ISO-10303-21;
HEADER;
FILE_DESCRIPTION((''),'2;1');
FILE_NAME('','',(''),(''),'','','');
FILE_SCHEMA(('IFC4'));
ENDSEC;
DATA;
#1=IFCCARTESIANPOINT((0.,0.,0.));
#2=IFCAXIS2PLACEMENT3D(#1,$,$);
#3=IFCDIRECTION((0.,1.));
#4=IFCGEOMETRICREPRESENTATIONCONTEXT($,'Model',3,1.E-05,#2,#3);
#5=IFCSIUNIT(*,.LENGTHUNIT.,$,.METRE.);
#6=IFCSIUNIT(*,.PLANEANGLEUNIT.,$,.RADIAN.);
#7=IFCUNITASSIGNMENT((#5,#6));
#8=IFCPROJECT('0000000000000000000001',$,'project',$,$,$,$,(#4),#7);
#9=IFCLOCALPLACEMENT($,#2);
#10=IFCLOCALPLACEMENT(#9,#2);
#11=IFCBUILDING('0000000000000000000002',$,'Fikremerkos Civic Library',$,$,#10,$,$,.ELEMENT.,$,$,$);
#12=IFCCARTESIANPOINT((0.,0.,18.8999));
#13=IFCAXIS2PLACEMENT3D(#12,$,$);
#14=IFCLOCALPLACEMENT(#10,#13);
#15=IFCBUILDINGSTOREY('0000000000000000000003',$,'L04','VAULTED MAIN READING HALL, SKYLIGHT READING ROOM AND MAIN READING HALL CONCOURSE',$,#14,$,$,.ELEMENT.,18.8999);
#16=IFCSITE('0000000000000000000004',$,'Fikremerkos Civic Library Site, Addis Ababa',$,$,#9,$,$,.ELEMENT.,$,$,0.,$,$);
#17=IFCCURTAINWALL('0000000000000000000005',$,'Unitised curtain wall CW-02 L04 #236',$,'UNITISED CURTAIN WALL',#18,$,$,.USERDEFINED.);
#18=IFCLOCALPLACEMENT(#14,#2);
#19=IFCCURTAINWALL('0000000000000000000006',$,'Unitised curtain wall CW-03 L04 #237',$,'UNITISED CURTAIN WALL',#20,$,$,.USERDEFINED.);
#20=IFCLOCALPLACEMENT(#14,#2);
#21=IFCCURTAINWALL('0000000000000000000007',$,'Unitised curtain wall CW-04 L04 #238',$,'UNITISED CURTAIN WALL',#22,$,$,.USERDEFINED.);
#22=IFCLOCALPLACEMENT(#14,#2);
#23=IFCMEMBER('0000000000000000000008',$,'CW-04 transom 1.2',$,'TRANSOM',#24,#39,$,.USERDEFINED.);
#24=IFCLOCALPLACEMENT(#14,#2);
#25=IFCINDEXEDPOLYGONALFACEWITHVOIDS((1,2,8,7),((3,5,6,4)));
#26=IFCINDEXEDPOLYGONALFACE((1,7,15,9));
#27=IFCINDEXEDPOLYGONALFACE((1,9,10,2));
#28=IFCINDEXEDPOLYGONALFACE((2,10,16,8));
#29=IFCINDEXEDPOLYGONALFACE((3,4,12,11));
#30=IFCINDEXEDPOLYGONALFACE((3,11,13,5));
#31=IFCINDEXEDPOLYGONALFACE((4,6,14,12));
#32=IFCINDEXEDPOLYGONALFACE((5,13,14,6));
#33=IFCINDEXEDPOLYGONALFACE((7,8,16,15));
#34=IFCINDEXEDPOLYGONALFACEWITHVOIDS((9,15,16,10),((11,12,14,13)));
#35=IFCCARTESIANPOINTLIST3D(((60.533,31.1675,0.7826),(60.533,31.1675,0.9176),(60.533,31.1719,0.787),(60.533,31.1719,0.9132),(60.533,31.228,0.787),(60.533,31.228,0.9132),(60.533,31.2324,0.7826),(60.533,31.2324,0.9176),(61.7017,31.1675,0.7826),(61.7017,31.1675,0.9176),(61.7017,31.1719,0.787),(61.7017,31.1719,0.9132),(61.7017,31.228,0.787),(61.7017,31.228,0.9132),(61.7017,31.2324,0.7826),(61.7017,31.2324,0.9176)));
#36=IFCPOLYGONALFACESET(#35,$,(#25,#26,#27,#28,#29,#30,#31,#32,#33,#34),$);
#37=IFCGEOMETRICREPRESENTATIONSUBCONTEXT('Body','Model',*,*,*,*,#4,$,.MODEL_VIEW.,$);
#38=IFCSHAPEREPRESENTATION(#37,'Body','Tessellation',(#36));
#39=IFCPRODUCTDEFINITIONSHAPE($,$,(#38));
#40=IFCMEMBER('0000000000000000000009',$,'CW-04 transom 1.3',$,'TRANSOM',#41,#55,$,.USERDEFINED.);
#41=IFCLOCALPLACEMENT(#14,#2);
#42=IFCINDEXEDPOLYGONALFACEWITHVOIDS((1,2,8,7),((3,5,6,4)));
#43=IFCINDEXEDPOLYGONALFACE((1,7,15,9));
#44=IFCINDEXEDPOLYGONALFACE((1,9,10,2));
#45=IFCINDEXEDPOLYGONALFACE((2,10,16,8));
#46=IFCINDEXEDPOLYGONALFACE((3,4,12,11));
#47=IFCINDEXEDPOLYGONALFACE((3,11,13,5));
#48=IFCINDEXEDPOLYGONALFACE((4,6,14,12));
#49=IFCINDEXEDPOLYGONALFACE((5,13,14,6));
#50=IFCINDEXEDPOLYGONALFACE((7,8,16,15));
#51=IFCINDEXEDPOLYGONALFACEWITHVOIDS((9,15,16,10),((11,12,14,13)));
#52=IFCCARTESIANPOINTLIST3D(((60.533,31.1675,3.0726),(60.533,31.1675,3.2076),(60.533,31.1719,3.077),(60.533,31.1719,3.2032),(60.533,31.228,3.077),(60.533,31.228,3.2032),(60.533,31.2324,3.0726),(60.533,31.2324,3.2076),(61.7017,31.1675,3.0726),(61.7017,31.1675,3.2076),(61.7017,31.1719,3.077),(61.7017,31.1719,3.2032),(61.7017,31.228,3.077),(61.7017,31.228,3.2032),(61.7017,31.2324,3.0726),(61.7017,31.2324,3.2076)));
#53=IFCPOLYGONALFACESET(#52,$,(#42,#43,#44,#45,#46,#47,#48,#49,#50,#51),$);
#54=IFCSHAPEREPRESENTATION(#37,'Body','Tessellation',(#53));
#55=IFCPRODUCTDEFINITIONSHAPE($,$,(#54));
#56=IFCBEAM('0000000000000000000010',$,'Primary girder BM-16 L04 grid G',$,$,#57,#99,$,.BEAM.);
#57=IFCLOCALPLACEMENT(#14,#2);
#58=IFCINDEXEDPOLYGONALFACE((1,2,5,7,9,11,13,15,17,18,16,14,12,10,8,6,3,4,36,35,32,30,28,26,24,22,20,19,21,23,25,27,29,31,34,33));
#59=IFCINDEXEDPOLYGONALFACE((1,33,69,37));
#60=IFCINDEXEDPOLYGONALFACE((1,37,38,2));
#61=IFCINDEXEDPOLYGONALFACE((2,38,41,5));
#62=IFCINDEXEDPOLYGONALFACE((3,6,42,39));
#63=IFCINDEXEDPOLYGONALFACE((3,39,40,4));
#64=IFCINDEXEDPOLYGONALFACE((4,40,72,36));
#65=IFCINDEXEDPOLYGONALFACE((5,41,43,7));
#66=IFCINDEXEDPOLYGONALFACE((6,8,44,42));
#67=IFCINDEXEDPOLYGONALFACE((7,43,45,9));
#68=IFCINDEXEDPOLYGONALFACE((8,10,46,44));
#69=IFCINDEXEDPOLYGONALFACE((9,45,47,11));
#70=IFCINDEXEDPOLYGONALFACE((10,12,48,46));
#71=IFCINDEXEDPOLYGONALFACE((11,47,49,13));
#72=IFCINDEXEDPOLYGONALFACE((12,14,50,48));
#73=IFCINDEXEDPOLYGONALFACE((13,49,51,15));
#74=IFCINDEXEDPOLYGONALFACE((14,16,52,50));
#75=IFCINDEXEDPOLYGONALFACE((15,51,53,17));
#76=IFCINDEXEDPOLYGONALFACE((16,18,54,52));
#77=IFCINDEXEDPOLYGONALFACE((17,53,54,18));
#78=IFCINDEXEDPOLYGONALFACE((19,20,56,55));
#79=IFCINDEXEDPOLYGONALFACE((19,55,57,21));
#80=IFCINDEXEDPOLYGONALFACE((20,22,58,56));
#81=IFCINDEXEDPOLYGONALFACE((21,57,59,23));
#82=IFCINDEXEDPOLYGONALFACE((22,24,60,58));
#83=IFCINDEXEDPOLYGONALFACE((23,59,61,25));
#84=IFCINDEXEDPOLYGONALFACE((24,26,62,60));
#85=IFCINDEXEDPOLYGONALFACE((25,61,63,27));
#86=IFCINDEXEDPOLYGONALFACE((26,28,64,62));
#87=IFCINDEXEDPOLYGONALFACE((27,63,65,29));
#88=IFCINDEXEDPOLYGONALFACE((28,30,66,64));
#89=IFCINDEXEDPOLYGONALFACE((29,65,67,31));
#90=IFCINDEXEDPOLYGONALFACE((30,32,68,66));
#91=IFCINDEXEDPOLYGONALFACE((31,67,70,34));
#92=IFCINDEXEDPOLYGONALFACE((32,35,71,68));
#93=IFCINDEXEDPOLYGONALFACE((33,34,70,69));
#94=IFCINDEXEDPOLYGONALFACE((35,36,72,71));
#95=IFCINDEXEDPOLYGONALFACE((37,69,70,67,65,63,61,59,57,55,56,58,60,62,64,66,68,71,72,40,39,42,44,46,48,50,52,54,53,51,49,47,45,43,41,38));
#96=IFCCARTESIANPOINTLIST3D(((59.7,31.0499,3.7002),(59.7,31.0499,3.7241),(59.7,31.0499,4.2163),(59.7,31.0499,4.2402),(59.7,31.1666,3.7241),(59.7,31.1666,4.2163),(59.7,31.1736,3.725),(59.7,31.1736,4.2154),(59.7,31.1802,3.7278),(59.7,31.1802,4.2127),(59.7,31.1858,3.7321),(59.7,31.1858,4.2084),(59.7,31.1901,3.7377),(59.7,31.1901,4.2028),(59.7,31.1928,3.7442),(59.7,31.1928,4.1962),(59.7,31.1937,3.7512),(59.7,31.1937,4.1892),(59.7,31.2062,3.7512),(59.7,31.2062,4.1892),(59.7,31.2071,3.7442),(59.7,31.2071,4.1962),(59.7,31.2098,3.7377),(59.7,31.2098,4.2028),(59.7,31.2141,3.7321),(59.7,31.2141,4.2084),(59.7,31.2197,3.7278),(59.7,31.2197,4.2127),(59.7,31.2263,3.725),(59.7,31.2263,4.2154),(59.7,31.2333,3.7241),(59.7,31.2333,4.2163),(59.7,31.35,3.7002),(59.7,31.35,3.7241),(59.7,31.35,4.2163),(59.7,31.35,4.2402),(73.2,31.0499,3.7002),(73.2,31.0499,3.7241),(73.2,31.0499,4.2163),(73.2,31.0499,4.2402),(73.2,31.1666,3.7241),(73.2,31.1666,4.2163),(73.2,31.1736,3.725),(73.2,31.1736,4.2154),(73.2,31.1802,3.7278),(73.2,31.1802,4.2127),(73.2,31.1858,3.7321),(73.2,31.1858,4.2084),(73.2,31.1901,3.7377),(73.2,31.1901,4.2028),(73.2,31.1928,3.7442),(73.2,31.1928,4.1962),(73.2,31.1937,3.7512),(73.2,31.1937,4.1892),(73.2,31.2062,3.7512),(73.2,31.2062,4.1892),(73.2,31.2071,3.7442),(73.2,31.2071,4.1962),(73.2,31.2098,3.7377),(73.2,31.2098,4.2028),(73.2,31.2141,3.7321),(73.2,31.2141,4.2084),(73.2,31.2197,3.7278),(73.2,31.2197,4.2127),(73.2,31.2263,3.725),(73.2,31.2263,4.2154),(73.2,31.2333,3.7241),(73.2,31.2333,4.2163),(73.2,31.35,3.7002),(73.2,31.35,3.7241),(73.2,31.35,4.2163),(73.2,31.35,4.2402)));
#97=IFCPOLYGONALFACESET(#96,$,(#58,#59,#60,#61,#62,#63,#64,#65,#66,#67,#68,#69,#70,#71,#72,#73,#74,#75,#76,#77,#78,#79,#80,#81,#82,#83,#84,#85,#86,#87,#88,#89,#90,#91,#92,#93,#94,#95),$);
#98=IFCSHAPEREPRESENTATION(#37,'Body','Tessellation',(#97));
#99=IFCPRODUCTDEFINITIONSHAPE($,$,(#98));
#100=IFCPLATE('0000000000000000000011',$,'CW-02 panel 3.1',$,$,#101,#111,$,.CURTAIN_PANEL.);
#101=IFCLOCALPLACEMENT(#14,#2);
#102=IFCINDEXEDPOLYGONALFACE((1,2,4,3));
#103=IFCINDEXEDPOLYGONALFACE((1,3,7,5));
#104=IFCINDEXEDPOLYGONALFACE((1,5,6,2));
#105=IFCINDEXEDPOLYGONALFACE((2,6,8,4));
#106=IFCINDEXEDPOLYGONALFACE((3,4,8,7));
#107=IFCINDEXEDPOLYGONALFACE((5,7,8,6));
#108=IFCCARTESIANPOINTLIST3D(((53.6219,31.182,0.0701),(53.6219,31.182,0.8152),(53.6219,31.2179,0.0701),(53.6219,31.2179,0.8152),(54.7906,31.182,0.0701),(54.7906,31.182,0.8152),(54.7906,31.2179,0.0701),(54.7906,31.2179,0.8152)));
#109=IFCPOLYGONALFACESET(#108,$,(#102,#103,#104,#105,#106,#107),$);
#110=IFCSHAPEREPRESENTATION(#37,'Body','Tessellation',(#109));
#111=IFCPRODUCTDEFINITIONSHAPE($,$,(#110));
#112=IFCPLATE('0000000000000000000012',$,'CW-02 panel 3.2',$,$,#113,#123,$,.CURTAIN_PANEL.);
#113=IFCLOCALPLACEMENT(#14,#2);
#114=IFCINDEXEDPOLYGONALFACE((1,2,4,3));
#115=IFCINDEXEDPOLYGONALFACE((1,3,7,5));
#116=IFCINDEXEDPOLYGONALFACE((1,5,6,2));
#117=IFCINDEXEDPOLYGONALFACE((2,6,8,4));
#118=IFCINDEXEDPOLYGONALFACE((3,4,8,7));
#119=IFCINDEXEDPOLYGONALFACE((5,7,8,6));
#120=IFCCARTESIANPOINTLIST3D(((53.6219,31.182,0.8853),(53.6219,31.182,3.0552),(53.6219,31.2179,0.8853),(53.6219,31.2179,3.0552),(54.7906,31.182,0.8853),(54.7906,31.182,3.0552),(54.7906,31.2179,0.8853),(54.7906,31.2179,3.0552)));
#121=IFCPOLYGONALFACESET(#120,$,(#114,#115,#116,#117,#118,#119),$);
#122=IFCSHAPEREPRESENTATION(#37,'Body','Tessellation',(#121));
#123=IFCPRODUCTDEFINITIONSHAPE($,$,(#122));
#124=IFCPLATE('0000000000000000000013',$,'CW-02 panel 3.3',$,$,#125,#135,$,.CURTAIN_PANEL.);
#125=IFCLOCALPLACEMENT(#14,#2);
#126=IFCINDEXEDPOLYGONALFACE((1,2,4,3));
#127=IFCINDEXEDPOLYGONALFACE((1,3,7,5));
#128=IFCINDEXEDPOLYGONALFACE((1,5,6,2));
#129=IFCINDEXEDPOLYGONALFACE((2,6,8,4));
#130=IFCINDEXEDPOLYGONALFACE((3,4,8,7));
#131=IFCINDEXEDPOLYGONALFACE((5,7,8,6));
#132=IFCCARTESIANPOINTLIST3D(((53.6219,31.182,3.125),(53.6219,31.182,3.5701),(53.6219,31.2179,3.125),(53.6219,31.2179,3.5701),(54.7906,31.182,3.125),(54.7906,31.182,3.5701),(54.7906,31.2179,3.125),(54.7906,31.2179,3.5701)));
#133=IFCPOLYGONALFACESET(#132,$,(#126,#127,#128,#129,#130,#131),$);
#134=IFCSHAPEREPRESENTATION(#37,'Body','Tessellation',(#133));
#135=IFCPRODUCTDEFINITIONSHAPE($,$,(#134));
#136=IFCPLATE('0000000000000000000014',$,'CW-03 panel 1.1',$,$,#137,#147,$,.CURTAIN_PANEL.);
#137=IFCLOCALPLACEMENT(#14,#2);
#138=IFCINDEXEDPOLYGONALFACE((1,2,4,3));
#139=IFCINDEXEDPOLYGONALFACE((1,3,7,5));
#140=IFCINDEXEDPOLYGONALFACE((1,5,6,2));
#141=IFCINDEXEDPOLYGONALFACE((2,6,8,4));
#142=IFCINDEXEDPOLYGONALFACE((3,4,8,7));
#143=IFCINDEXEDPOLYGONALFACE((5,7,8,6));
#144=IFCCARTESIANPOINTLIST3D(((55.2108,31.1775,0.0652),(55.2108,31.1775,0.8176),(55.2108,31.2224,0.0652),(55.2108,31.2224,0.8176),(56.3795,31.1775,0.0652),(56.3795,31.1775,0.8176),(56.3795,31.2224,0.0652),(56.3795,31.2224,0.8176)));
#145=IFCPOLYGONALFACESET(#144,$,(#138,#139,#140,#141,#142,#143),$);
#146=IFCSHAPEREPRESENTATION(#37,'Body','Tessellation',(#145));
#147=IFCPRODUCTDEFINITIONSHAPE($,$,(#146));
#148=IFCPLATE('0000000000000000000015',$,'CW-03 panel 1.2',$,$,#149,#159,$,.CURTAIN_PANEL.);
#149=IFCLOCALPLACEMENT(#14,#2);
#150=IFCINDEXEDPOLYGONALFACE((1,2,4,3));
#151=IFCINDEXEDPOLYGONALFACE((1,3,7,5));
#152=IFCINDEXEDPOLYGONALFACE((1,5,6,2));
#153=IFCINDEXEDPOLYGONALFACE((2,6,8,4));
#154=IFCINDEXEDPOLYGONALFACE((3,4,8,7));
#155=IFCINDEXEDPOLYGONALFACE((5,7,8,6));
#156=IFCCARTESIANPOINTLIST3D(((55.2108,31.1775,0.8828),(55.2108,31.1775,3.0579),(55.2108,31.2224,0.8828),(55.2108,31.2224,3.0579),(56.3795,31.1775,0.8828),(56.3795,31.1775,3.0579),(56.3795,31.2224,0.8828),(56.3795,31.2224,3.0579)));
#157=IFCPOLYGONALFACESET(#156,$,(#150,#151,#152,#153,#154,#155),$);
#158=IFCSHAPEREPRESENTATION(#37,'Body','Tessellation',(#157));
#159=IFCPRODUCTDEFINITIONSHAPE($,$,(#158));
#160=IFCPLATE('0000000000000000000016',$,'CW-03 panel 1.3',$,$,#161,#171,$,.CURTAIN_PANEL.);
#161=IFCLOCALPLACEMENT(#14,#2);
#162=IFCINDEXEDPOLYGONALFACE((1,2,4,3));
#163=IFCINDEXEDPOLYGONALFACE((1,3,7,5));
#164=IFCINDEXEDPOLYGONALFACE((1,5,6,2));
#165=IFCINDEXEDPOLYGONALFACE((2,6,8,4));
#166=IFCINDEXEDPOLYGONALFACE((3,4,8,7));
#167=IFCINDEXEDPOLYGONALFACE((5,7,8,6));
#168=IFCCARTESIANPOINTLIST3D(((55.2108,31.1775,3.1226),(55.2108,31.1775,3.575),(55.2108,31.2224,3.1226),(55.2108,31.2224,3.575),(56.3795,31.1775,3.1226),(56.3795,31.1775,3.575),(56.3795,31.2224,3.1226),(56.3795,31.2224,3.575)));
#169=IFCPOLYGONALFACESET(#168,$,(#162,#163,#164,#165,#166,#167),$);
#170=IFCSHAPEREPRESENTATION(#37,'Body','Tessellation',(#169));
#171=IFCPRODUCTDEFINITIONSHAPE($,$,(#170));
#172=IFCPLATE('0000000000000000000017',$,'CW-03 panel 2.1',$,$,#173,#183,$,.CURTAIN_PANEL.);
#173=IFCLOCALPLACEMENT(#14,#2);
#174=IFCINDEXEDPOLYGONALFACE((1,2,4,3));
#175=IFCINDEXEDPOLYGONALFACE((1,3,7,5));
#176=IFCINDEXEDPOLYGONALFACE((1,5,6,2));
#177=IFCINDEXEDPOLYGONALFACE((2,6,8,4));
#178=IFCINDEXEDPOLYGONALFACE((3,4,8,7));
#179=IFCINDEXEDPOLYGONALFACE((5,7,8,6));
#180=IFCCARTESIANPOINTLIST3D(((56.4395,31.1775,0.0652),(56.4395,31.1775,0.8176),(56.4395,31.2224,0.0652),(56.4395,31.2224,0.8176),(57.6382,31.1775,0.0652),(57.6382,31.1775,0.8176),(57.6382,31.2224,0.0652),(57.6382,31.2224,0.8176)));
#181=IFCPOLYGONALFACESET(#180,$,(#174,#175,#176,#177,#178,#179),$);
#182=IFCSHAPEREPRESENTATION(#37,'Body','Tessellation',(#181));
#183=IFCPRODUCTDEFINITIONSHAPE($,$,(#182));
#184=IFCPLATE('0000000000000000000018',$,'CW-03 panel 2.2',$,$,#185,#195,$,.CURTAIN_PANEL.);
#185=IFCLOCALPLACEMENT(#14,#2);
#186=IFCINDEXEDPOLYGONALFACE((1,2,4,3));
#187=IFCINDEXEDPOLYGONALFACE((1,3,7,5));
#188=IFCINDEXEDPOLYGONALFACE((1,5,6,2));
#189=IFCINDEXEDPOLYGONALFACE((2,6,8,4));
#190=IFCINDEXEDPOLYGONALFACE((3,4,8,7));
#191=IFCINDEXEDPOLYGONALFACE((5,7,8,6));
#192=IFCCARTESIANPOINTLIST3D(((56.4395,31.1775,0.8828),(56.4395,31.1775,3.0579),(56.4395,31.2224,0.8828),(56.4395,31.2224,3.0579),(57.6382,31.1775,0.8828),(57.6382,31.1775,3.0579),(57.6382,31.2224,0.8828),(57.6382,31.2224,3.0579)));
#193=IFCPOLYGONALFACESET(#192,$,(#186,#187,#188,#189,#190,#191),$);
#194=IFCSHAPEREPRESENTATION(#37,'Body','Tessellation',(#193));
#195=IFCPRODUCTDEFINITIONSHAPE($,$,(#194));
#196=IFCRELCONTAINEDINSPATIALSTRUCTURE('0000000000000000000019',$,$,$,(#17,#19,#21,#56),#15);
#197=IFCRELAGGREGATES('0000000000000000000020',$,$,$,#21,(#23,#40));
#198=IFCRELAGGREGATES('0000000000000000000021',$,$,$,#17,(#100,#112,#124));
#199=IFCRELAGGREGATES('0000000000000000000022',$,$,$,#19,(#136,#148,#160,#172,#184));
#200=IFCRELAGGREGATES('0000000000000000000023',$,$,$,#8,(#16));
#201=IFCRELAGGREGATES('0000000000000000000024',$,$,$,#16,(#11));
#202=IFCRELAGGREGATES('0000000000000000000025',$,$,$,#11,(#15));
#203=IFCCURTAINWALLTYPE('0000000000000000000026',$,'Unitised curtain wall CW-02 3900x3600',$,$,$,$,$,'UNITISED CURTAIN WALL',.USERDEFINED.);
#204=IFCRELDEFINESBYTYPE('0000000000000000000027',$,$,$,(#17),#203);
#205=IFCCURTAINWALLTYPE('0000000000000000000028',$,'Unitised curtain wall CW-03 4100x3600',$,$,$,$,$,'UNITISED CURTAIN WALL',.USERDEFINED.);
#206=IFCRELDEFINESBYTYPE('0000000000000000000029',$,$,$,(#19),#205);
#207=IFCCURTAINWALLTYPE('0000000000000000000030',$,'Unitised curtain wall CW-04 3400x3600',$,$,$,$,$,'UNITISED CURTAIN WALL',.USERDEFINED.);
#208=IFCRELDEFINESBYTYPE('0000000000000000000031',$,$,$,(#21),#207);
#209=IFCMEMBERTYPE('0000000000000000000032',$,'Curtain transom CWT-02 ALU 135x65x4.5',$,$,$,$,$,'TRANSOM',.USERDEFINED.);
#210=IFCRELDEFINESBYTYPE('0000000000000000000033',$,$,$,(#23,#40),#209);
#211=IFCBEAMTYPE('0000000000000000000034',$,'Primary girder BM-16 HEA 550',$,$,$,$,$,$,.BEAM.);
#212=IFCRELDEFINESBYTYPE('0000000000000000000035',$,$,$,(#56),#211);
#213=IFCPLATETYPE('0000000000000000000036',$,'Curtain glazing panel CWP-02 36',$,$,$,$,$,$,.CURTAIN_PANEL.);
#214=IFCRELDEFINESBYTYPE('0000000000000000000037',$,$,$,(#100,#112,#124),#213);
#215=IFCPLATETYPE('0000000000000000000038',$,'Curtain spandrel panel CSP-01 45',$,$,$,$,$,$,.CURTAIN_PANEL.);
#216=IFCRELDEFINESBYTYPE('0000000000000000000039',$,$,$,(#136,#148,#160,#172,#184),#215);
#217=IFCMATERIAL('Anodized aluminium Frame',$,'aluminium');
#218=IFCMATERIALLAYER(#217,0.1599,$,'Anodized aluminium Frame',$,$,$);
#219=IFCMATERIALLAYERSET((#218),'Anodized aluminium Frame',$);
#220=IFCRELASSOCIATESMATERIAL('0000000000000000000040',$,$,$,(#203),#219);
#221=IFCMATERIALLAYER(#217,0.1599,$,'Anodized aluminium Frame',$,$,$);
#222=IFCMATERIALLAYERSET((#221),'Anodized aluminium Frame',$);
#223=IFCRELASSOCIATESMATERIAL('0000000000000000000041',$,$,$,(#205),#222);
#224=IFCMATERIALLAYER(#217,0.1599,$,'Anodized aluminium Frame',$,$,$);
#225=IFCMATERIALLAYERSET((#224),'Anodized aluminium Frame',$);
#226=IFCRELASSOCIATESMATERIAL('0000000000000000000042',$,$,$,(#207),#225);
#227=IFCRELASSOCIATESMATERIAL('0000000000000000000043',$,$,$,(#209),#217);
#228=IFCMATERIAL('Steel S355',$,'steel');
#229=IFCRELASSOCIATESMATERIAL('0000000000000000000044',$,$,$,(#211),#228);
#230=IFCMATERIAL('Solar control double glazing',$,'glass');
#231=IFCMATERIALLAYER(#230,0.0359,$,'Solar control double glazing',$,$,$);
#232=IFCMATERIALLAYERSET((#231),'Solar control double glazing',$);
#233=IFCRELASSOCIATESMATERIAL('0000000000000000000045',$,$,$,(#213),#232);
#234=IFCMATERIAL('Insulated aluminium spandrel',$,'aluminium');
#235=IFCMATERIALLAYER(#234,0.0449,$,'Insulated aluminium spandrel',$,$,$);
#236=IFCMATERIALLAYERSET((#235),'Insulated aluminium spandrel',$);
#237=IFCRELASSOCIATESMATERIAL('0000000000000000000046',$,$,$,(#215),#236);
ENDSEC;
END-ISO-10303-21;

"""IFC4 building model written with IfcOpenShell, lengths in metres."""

from ifc_helpers import new_model, si_unit, direction, frame, origin, origin_2d, place, context, subcontext, project, spatial, rectangle, hollow_rectangle, i_section, extrude, material, layer, layer_set, material_profile, profile_set, type_object, element, aggregate, save


model = new_model("IFC4")

# Units and contexts
model_context = context("Model", 3, precision=1e-05, world=origin(), true_north=direction((0.0, 1.0)))
body_context = subcontext(model_context, "Body", "Model", "MODEL_VIEW")
ifc_project = project(units=[si_unit("LENGTHUNIT", "METRE"), si_unit("PLANEANGLEUNIT", "RADIAN")], contexts=[model_context])

# Site, building, storey
site_placement = place(None, origin())
site = spatial("IfcSite", under=ifc_project, at=site_placement, Name="Fikremerkos Civic Library Site, Addis Ababa", CompositionType="ELEMENT", RefElevation=0.0)
building_placement = place(site_placement, origin())
building = spatial("IfcBuilding", under=site, at=building_placement, Name="Fikremerkos Civic Library", CompositionType="ELEMENT")
storey_placement = place(building_placement, frame((0.0, 0.0, 18.8999)))
storey = spatial("IfcBuildingStorey", under=building, at=storey_placement, Name="L04", Description="VAULTED MAIN READING HALL, SKYLIGHT READING ROOM AND MAIN READING HALL CONCOURSE", CompositionType="ELEMENT", Elevation=18.8999)

# Curtain wall
ifc_material_1 = material(Name="Anodized aluminium Frame", Category="aluminium")
ifc_layer_1 = layer(ifc_material_1, 0.1599, Name="Anodized aluminium Frame")
ifc_layer_set_1 = layer_set([ifc_layer_1], Name="Anodized aluminium Frame")
curtain_wall_type_1 = type_object("IfcCurtainWallType", Name="Unitised curtain wall CW-02 3900x3600", ElementType="UNITISED CURTAIN WALL", PredefinedType="USERDEFINED", material=ifc_layer_set_1)
curtain_wall_1_placement = place(storey_placement, origin())
curtain_wall_1 = element("IfcCurtainWall", 1, at=curtain_wall_1_placement, inside=storey, type_object=curtain_wall_type_1, Name="Unitised curtain wall CW-02 L04 #236", ObjectType="UNITISED CURTAIN WALL", PredefinedType="USERDEFINED")

# Curtain wall
ifc_layer_2 = layer(ifc_material_1, 0.1599, Name="Anodized aluminium Frame")
ifc_layer_set_2 = layer_set([ifc_layer_2], Name="Anodized aluminium Frame")
curtain_wall_type_2 = type_object("IfcCurtainWallType", Name="Unitised curtain wall CW-03 4100x3600", ElementType="UNITISED CURTAIN WALL", PredefinedType="USERDEFINED", material=ifc_layer_set_2)
curtain_wall_2_placement = place(storey_placement, origin())
curtain_wall_2 = element("IfcCurtainWall", 2, at=curtain_wall_2_placement, inside=storey, type_object=curtain_wall_type_2, Name="Unitised curtain wall CW-03 L04 #237", ObjectType="UNITISED CURTAIN WALL", PredefinedType="USERDEFINED")

# Curtain wall
ifc_layer_3 = layer(ifc_material_1, 0.1599, Name="Anodized aluminium Frame")
ifc_layer_set_3 = layer_set([ifc_layer_3], Name="Anodized aluminium Frame")
curtain_wall_type_3 = type_object("IfcCurtainWallType", Name="Unitised curtain wall CW-04 3400x3600", ElementType="UNITISED CURTAIN WALL", PredefinedType="USERDEFINED", material=ifc_layer_set_3)
curtain_wall_3_placement = place(storey_placement, origin())
curtain_wall_3 = element("IfcCurtainWall", 3, at=curtain_wall_3_placement, inside=storey, type_object=curtain_wall_type_3, Name="Unitised curtain wall CW-04 L04 #238", ObjectType="UNITISED CURTAIN WALL", PredefinedType="USERDEFINED")

# Members
ifc_material_profile_1 = material_profile(ifc_material_1, hollow_rectangle(XDim=0.0649, YDim=0.135, WallThickness=0.0044, at=origin_2d()), Name="ALU 135x65x4.5")
ifc_profile_set_1 = profile_set([ifc_material_profile_1], Name="Anodized aluminium Frame")
member_type_1 = type_object("IfcMemberType", Name="Curtain transom CWT-02 ALU 135x65x4.5", ElementType="TRANSOM", PredefinedType="USERDEFINED", material=ifc_profile_set_1)
member_1_placement = place(storey_placement, frame((60.533, 31.2, 0.8501), z_axis=(1.0, 0.0, 0.0), x_axis=(0.0, 1.0, 0.0)))
member_1 = element("IfcMember", 4, at=member_1_placement, type_object=member_type_1, Name="CW-04 transom 1.2", ObjectType="TRANSOM", PredefinedType="USERDEFINED", context=body_context, shape_type="SweptSolid", body=[
    extrude(hollow_rectangle(XDim=0.0649, YDim=0.135, WallThickness=0.0044, at=origin_2d()), origin(), (0.0, 0.0, 1.0), 1.1687),
])
member_2_placement = place(storey_placement, frame((60.533, 31.2, 3.1401), z_axis=(1.0, 0.0, 0.0), x_axis=(0.0, 1.0, 0.0)))
member_2 = element("IfcMember", 5, at=member_2_placement, type_object=member_type_1, Name="CW-04 transom 1.3", ObjectType="TRANSOM", PredefinedType="USERDEFINED", context=body_context, shape_type="SweptSolid", body=[
    extrude(hollow_rectangle(XDim=0.0649, YDim=0.135, WallThickness=0.0044, at=origin_2d()), origin(), (0.0, 0.0, 1.0), 1.1687),
])
aggregate(curtain_wall_3, [member_1, member_2])

# Beam
ifc_material_2 = material(Name="Steel S355", Category="steel")
ifc_material_profile_2 = material_profile(ifc_material_2, i_section(OverallWidth=0.3, OverallDepth=0.54, WebThickness=0.0125, FlangeThickness=0.0239, FilletRadius=0.0271, at=origin_2d()), Name="HEA 550")
ifc_profile_set_2 = profile_set([ifc_material_profile_2], Name="Steel S355")
beam_type = type_object("IfcBeamType", Name="Primary girder BM-16 HEA 550", PredefinedType="BEAM", material=ifc_profile_set_2)
beam_placement = place(storey_placement, frame((59.7, 31.2, 3.9702), z_axis=(1.0, 0.0, 0.0), x_axis=(0.0, 1.0, 0.0)))
element("IfcBeam", 6, at=beam_placement, inside=storey, type_object=beam_type, Name="Primary girder BM-16 L04 grid G", PredefinedType="BEAM", context=body_context, shape_type="SweptSolid", body=[
    extrude(i_section(OverallWidth=0.3, OverallDepth=0.54, WebThickness=0.0125, FlangeThickness=0.0239, FilletRadius=0.0271, at=origin_2d()), origin(), (0.0, 0.0, 1.0), 13.5),
])

# Plates
ifc_material_3 = material(Name="Solar control double glazing", Category="glass")
ifc_layer_4 = layer(ifc_material_3, 0.0359, Name="Solar control double glazing")
ifc_layer_set_4 = layer_set([ifc_layer_4], Name="Solar control double glazing")
plate_type_1 = type_object("IfcPlateType", Name="Curtain glazing panel CWP-02 36", PredefinedType="CURTAIN_PANEL", material=ifc_layer_set_4)
plate_1_placement = place(storey_placement, frame((54.2063, 31.2, 0.0701), z_axis=(0.0, 0.0, 1.0), x_axis=(1.0, 0.0, 0.0)))
plate_1 = element("IfcPlate", 7, at=plate_1_placement, type_object=plate_type_1, Name="CW-02 panel 3.1", PredefinedType="CURTAIN_PANEL", context=body_context, shape_type="SweptSolid", body=[
    extrude(rectangle(XDim=1.1687, YDim=0.0359, at=origin_2d()), origin(), (0.0, 0.0, 1.0), 0.7451),
])
plate_2_placement = place(storey_placement, frame((54.2063, 31.2, 0.8853), z_axis=(0.0, 0.0, 1.0), x_axis=(1.0, 0.0, 0.0)))
plate_2 = element("IfcPlate", 8, at=plate_2_placement, type_object=plate_type_1, Name="CW-02 panel 3.2", PredefinedType="CURTAIN_PANEL", context=body_context, shape_type="SweptSolid", body=[
    extrude(rectangle(XDim=1.1687, YDim=0.0359, at=origin_2d()), origin(), (0.0, 0.0, 1.0), 2.1699),
])
plate_3_placement = place(storey_placement, frame((54.2063, 31.2, 3.125), z_axis=(0.0, 0.0, 1.0), x_axis=(1.0, 0.0, 0.0)))
plate_3 = element("IfcPlate", 9, at=plate_3_placement, type_object=plate_type_1, Name="CW-02 panel 3.3", PredefinedType="CURTAIN_PANEL", context=body_context, shape_type="SweptSolid", body=[
    extrude(rectangle(XDim=1.1687, YDim=0.0359, at=origin_2d()), origin(), (0.0, 0.0, 1.0), 0.4451),
])
aggregate(curtain_wall_1, [plate_1, plate_2, plate_3])
ifc_material_4 = material(Name="Insulated aluminium spandrel", Category="aluminium")
ifc_layer_5 = layer(ifc_material_4, 0.0449, Name="Insulated aluminium spandrel")
ifc_layer_set_5 = layer_set([ifc_layer_5], Name="Insulated aluminium spandrel")
plate_type_2 = type_object("IfcPlateType", Name="Curtain spandrel panel CSP-01 45", PredefinedType="CURTAIN_PANEL", material=ifc_layer_set_5)
plate_4_placement = place(storey_placement, frame((55.7952, 31.2, 0.0652), z_axis=(0.0, 0.0, 1.0), x_axis=(1.0, 0.0, 0.0)))
plate_4 = element("IfcPlate", 10, at=plate_4_placement, type_object=plate_type_2, Name="CW-03 panel 1.1", PredefinedType="CURTAIN_PANEL", context=body_context, shape_type="SweptSolid", body=[
    extrude(rectangle(XDim=1.1687, YDim=0.0449, at=origin_2d()), origin(), (0.0, 0.0, 1.0), 0.7524),
])
plate_5_placement = place(storey_placement, frame((55.7952, 31.2, 0.8828), z_axis=(0.0, 0.0, 1.0), x_axis=(1.0, 0.0, 0.0)))
plate_5 = element("IfcPlate", 11, at=plate_5_placement, type_object=plate_type_2, Name="CW-03 panel 1.2", PredefinedType="CURTAIN_PANEL", context=body_context, shape_type="SweptSolid", body=[
    extrude(rectangle(XDim=1.1687, YDim=0.0449, at=origin_2d()), origin(), (0.0, 0.0, 1.0), 2.175),
])
plate_6_placement = place(storey_placement, frame((55.7952, 31.2, 3.1226), z_axis=(0.0, 0.0, 1.0), x_axis=(1.0, 0.0, 0.0)))
plate_6 = element("IfcPlate", 12, at=plate_6_placement, type_object=plate_type_2, Name="CW-03 panel 1.3", PredefinedType="CURTAIN_PANEL", context=body_context, shape_type="SweptSolid", body=[
    extrude(rectangle(XDim=1.1687, YDim=0.0449, at=origin_2d()), origin(), (0.0, 0.0, 1.0), 0.4524),
])
plate_7_placement = place(storey_placement, frame((57.0388, 31.2, 0.0652), z_axis=(0.0, 0.0, 1.0), x_axis=(1.0, 0.0, 0.0)))
plate_7 = element("IfcPlate", 13, at=plate_7_placement, type_object=plate_type_2, Name="CW-03 panel 2.1", PredefinedType="CURTAIN_PANEL", context=body_context, shape_type="SweptSolid", body=[
    extrude(rectangle(XDim=1.1987, YDim=0.0449, at=origin_2d()), origin(), (0.0, 0.0, 1.0), 0.7524),
])
plate_8_placement = place(storey_placement, frame((57.0388, 31.2, 0.8828), z_axis=(0.0, 0.0, 1.0), x_axis=(1.0, 0.0, 0.0)))
plate_8 = element("IfcPlate", 14, at=plate_8_placement, type_object=plate_type_2, Name="CW-03 panel 2.2", PredefinedType="CURTAIN_PANEL", context=body_context, shape_type="SweptSolid", body=[
    extrude(rectangle(XDim=1.1987, YDim=0.0449, at=origin_2d()), origin(), (0.0, 0.0, 1.0), 2.175),
])
aggregate(curtain_wall_2, [plate_4, plate_5, plate_6, plate_7, plate_8])

save(model, "model.ifc")
